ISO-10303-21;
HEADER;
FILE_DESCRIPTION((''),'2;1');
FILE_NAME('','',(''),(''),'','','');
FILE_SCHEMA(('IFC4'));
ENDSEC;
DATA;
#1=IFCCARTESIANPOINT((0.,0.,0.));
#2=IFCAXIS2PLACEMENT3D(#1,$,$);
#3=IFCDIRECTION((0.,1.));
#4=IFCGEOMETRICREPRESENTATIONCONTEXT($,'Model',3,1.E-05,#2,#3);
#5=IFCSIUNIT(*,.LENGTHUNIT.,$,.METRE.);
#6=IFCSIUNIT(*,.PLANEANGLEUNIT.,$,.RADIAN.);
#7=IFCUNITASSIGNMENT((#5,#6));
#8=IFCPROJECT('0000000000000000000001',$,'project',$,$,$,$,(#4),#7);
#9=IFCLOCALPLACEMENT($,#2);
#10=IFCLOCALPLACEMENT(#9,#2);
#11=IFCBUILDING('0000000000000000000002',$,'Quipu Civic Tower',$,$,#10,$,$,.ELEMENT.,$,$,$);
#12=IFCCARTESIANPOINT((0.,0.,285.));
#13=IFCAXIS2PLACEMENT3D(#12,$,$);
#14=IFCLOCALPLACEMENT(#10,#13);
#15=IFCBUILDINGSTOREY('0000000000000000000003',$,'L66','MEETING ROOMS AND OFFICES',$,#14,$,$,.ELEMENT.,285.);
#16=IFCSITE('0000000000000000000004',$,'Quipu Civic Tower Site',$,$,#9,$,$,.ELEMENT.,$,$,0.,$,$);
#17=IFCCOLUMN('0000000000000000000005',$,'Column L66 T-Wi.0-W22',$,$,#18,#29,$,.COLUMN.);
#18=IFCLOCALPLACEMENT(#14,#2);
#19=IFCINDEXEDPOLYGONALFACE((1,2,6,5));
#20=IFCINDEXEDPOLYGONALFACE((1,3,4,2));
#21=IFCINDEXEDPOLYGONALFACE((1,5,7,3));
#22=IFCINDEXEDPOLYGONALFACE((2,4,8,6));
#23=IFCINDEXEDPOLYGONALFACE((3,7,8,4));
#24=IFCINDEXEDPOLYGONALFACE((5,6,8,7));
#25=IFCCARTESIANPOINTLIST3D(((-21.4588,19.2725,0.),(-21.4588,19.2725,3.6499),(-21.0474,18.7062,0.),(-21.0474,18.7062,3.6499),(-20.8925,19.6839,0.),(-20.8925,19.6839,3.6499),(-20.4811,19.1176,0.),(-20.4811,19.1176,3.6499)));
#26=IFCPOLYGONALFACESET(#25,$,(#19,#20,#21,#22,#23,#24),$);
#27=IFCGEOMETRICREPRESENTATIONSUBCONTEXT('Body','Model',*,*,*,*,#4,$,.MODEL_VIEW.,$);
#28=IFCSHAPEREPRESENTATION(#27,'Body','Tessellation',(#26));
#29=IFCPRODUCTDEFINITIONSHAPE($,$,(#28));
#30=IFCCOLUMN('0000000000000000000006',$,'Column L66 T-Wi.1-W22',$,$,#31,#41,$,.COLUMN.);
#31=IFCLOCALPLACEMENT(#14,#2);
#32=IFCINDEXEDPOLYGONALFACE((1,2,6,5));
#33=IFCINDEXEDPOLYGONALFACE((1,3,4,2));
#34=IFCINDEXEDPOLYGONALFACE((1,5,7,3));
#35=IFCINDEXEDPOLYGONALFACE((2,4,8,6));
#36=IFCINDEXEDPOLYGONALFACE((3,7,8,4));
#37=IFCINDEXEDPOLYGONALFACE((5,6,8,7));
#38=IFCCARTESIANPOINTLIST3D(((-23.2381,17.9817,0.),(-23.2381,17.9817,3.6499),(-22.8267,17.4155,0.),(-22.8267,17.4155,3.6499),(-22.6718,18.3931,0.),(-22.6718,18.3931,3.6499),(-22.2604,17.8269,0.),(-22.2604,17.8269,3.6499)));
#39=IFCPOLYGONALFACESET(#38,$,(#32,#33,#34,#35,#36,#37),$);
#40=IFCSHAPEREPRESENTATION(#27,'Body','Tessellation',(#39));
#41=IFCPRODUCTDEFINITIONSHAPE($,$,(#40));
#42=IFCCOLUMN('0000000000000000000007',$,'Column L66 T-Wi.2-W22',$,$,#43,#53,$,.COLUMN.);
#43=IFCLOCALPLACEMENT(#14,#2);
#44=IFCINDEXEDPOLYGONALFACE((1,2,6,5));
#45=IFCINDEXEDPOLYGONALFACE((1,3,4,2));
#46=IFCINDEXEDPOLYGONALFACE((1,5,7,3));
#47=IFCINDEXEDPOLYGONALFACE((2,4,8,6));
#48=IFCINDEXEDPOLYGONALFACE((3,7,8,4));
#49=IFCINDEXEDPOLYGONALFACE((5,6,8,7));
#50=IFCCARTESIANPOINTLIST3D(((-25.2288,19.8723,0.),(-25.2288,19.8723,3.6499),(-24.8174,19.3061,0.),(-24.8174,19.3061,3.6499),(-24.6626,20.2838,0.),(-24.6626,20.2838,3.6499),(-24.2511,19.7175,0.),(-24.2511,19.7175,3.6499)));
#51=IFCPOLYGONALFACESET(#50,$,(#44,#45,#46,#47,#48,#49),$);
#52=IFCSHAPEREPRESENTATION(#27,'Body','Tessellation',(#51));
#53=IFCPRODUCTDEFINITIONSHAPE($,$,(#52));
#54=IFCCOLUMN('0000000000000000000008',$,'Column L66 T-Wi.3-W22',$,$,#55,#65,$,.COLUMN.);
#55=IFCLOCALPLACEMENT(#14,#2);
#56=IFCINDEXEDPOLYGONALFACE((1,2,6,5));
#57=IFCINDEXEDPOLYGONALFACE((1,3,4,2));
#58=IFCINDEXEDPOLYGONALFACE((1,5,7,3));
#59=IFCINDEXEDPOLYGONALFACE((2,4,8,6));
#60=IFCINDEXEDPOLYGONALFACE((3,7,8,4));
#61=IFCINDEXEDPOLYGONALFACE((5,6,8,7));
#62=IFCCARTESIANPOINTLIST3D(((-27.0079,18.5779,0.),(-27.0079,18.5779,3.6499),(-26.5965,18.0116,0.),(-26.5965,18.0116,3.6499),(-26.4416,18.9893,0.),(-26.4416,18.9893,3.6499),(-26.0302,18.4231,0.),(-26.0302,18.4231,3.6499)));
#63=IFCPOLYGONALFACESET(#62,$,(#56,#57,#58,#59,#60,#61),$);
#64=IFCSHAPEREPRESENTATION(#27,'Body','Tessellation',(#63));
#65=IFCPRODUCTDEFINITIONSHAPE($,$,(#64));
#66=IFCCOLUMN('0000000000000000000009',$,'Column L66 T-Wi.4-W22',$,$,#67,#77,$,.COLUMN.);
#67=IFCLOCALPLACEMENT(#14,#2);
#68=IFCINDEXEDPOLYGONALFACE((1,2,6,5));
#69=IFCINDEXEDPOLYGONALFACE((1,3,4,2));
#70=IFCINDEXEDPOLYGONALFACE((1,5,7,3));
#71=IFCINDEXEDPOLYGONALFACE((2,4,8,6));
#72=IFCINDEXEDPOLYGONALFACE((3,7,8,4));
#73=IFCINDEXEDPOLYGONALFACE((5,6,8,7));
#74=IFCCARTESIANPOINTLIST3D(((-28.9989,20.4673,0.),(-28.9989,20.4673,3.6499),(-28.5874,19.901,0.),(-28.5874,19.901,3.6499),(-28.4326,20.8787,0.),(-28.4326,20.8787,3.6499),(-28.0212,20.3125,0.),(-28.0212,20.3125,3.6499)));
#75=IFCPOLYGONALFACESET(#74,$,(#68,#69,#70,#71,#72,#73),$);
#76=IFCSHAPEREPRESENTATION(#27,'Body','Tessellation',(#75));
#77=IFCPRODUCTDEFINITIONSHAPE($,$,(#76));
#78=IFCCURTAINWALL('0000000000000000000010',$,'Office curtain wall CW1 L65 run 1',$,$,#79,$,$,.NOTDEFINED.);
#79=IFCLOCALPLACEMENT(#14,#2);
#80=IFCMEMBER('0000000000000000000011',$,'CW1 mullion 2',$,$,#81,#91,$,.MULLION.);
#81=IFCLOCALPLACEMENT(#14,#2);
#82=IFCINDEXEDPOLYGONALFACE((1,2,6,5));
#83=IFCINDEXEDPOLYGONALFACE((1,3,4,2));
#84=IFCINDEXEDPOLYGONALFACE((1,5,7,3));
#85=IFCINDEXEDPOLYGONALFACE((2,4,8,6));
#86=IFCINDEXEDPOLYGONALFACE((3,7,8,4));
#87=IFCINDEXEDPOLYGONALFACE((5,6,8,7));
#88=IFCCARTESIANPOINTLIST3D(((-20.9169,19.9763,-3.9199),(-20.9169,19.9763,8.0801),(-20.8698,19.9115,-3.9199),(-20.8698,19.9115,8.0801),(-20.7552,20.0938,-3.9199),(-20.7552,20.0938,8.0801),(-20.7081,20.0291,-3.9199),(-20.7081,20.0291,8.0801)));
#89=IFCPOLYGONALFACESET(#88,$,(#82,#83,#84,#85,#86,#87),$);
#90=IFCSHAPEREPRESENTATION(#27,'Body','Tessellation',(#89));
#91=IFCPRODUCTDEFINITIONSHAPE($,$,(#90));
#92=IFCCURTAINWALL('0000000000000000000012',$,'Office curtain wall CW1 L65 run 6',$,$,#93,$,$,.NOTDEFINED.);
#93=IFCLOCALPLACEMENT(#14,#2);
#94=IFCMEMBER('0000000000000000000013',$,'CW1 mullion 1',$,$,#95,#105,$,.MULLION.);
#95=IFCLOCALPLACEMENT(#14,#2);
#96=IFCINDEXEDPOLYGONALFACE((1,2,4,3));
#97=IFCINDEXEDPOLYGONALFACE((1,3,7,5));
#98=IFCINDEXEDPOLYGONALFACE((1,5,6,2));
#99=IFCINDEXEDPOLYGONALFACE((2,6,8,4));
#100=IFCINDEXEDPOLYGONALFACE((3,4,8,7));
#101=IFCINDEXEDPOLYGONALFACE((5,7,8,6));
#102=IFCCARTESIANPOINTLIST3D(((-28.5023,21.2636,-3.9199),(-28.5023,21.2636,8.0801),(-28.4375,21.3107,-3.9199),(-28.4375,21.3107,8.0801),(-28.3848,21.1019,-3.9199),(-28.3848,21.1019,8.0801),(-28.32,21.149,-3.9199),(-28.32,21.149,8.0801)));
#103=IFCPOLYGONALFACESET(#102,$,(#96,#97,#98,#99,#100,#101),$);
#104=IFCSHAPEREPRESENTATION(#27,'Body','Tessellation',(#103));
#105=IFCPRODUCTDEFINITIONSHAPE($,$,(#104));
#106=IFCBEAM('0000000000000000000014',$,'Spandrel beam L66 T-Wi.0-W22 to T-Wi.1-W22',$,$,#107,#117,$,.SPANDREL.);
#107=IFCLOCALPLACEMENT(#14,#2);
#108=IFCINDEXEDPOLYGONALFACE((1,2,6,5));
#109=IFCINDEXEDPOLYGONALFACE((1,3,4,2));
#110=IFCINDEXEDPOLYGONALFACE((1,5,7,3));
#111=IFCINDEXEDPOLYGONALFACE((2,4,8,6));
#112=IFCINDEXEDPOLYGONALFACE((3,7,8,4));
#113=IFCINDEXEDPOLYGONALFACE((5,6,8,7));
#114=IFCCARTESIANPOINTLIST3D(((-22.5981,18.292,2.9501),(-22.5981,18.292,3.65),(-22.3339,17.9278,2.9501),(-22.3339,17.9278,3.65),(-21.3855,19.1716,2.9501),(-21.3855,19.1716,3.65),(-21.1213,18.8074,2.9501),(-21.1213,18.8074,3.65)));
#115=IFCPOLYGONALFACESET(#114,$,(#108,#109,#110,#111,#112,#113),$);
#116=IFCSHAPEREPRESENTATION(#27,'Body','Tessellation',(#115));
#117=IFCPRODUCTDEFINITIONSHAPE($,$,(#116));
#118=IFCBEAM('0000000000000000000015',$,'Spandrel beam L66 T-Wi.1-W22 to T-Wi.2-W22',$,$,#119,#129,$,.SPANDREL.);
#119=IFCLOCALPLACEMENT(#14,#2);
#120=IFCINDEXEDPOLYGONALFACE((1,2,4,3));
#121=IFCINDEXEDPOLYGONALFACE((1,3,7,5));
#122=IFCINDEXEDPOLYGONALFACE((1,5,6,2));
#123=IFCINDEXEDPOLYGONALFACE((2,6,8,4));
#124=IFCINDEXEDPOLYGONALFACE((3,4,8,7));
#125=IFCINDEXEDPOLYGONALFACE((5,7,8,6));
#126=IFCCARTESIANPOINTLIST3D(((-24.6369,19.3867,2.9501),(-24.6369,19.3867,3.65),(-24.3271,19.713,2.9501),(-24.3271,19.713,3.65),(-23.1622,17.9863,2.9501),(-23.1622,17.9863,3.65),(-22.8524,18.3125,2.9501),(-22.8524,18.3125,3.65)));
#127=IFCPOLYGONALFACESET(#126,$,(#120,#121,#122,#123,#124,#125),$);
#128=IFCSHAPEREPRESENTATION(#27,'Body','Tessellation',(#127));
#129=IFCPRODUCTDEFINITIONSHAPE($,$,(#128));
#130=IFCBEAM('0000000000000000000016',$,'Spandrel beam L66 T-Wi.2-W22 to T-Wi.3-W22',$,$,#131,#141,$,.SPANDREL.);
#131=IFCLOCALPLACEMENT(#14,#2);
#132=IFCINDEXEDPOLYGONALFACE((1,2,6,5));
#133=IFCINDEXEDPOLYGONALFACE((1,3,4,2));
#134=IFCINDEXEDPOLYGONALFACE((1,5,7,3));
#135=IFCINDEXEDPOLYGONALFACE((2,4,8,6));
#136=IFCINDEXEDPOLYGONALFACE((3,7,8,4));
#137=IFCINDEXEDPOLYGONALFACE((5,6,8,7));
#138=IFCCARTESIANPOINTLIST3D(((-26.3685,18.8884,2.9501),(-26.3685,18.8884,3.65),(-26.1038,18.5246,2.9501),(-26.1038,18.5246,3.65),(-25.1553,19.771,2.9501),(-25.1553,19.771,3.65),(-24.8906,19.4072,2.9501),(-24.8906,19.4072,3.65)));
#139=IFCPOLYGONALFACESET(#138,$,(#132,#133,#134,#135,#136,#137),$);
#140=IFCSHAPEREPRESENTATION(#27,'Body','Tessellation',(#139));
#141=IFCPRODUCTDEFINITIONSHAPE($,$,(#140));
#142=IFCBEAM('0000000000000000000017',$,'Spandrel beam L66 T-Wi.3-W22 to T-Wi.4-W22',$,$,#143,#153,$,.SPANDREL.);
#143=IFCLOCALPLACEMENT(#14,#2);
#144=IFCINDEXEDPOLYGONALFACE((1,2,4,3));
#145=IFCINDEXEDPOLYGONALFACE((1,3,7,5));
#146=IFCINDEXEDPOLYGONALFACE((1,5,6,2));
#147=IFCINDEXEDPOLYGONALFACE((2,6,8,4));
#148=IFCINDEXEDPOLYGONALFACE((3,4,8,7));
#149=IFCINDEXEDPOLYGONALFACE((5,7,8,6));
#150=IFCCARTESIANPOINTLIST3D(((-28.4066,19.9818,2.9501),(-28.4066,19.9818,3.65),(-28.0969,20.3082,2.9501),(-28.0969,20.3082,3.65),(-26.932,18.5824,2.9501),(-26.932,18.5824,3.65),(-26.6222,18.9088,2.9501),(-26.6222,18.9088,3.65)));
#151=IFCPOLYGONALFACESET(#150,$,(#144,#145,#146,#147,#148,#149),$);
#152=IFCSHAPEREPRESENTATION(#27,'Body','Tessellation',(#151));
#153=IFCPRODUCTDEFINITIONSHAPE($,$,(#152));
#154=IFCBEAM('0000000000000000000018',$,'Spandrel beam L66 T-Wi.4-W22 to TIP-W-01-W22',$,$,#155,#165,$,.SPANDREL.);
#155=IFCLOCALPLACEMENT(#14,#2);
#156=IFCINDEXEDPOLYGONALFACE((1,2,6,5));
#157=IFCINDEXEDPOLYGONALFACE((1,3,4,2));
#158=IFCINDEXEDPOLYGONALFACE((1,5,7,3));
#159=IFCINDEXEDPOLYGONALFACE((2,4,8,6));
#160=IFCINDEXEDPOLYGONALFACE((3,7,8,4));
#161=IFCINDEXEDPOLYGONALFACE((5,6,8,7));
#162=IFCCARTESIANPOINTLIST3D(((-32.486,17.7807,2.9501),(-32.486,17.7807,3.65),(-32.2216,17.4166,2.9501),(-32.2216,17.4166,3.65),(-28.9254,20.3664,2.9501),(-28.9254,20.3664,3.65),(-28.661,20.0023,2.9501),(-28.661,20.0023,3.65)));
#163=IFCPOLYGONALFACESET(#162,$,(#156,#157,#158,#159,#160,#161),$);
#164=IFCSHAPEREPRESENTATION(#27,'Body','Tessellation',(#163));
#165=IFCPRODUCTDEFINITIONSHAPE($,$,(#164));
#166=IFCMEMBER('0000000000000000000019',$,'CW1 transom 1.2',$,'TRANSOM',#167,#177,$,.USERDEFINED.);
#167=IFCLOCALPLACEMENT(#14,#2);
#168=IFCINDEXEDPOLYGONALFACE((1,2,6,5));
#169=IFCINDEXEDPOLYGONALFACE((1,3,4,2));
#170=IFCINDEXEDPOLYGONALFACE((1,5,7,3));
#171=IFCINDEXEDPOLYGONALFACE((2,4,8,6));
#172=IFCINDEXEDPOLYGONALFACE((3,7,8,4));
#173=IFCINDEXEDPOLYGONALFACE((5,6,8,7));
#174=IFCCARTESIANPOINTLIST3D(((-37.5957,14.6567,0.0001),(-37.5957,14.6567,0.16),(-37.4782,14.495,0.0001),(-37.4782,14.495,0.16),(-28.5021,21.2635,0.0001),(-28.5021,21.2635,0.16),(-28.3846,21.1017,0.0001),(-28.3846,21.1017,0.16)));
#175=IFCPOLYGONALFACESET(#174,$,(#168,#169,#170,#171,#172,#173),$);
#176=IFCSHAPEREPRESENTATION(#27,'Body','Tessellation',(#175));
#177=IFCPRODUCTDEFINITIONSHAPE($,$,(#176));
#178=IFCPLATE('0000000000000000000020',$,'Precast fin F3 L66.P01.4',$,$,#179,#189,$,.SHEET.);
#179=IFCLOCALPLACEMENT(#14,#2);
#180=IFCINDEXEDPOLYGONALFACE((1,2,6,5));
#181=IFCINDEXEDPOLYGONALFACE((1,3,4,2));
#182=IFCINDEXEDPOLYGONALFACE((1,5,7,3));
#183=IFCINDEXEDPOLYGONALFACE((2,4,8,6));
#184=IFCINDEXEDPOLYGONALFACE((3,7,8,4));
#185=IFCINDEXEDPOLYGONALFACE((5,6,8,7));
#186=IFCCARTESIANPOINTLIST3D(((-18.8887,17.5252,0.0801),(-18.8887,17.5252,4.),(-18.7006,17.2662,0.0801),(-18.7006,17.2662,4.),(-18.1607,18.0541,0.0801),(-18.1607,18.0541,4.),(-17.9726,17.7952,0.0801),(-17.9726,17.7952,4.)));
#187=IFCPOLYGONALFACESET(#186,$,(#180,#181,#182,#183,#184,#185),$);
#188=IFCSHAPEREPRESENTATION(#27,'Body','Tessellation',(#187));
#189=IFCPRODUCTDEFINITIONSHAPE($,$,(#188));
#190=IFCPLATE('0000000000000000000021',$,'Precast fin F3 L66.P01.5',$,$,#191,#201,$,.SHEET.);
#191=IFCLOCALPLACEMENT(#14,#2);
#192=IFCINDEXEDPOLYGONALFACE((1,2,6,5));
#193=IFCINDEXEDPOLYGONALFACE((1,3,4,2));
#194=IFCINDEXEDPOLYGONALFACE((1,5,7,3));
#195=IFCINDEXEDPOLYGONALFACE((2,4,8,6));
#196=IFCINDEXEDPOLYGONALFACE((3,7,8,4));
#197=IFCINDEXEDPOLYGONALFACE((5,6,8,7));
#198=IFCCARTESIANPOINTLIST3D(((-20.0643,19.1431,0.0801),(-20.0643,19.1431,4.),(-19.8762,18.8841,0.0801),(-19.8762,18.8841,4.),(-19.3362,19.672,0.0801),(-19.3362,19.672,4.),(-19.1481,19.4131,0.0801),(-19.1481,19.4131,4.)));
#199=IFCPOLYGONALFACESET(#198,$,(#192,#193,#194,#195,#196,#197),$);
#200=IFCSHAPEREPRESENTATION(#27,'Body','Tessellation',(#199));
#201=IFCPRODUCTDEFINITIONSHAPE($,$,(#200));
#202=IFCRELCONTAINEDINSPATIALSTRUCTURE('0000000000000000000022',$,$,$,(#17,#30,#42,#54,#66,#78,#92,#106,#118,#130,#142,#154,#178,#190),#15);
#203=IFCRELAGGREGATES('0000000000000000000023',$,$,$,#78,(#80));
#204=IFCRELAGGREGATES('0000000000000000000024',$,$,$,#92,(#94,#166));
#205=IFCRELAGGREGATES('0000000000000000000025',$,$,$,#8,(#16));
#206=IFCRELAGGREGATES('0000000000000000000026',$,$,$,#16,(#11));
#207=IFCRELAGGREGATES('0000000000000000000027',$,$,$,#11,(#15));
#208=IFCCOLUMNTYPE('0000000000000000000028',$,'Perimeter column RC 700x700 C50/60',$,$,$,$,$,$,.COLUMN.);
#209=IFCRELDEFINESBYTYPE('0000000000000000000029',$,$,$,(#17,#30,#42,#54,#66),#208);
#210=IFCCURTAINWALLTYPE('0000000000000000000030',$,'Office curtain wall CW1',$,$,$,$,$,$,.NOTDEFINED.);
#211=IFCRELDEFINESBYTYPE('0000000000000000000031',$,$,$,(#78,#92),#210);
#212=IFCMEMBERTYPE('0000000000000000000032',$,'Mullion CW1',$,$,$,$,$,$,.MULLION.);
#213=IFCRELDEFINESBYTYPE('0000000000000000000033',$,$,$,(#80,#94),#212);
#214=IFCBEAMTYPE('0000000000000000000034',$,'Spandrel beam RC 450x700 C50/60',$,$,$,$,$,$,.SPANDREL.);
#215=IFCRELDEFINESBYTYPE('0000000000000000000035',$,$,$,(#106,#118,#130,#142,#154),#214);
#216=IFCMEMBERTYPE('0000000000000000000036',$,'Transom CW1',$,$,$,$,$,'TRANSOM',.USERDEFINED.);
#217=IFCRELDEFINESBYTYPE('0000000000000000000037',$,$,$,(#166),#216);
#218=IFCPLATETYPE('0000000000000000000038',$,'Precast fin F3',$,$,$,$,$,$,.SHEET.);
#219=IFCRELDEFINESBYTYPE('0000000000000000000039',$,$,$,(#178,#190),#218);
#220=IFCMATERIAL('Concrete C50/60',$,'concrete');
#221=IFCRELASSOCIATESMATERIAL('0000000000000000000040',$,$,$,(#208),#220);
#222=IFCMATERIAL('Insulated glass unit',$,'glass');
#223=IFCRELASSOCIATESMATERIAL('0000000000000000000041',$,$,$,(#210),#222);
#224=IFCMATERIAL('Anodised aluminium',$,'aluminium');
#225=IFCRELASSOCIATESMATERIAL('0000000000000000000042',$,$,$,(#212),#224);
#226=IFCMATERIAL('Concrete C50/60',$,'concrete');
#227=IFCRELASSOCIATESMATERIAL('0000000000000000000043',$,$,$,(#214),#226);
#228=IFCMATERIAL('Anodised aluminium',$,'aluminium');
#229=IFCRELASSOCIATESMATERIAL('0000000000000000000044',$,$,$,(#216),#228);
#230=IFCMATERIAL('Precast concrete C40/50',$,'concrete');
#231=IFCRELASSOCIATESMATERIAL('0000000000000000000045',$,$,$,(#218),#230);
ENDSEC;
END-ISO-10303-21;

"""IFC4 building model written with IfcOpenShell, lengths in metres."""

from ifc_helpers import new_model, si_unit, direction, frame, origin, origin_2d, place, context, subcontext, project, spatial, rectangle, extrude, material, material_profile, profile_set, type_object, element, aggregate, save


model = new_model("IFC4")

# Units and contexts
model_context = context("Model", 3, precision=1e-05, world=origin(), true_north=direction((0.0, 1.0)))
body_context = subcontext(model_context, "Body", "Model", "MODEL_VIEW")
ifc_project = project(units=[si_unit("LENGTHUNIT", "METRE"), si_unit("PLANEANGLEUNIT", "RADIAN")], contexts=[model_context])

# Site, building, storey
site_placement = place(None, origin())
site = spatial("IfcSite", under=ifc_project, at=site_placement, Name="Quipu Civic Tower Site", CompositionType="ELEMENT", RefElevation=0.0)
building_placement = place(site_placement, origin())
building = spatial("IfcBuilding", under=site, at=building_placement, Name="Quipu Civic Tower", CompositionType="ELEMENT")
storey_placement = place(building_placement, frame((0.0, 0.0, 285.0)))
storey = spatial("IfcBuildingStorey", under=building, at=storey_placement, Name="L66", Description="MEETING ROOMS AND OFFICES", CompositionType="ELEMENT", Elevation=285.0)

# Columns
ifc_material_1 = material(Name="Concrete C50/60", Category="concrete")
ifc_material_profile_1 = material_profile(ifc_material_1, rectangle(XDim=0.7, YDim=0.7, at=origin_2d()), Name="RC700x700")
ifc_profile_set_1 = profile_set([ifc_material_profile_1], Name="Concrete C50/60")
column_type = type_object("IfcColumnType", Name="Perimeter column RC 700x700 C50/60", PredefinedType="COLUMN", material=ifc_profile_set_1)
for number, where, z_axis, x_axis, name in (
    (1, (-20.97, 19.1951, 0.0), (0.0, 0.0, 1.0), (-0.587785, 0.809017, 0.0), "Column L66 T-Wi.0-W22"),
    (2, (-22.7493, 17.9043, 0.0), (0.0, 0.0, 1.0), (-0.587785, 0.809017, 0.0), "Column L66 T-Wi.1-W22"),
    (3, (-24.74, 19.7949, 0.0), (0.0, 0.0, 1.0), (-0.587785, 0.809017, 0.0), "Column L66 T-Wi.2-W22"),
    (4, (-26.519, 18.5005, 0.0), (0.0, 0.0, 1.0), (-0.587785, 0.809017, 0.0), "Column L66 T-Wi.3-W22"),
    (5, (-28.51, 20.3899, 0.0), (0.0, 0.0, 1.0), (-0.809017, -0.587785, 0.0), "Column L66 T-Wi.4-W22"),
):
    element("IfcColumn", number, at=place(storey_placement, frame(where, z_axis=z_axis, x_axis=x_axis)), inside=storey, type_object=column_type, Name=name, PredefinedType="COLUMN", context=body_context, shape_type="SweptSolid", body=[
        extrude(rectangle(XDim=0.7, YDim=0.7, at=origin_2d()), origin(), (0.0, 0.0, 1.0), 3.6499),
    ])

# Curtain walls, members
ifc_material_2 = material(Name="Insulated glass unit", Category="glass")
curtain_wall_type = type_object("IfcCurtainWallType", Name="Office curtain wall CW1", PredefinedType="NOTDEFINED", material=ifc_material_2)
curtain_wall_1_placement = place(storey_placement, origin())
curtain_wall_1 = element("IfcCurtainWall", 6, at=curtain_wall_1_placement, inside=storey, type_object=curtain_wall_type, Name="Office curtain wall CW1 L65 run 1", PredefinedType="NOTDEFINED")
ifc_material_3 = material(Name="Anodised aluminium", Category="aluminium")
ifc_material_profile_2 = material_profile(ifc_material_3, rectangle(XDim=0.2, YDim=0.0801, at=origin_2d()), Name="RECT 200x80")
ifc_profile_set_2 = profile_set([ifc_material_profile_2], Name="Anodised aluminium")
member_type_1 = type_object("IfcMemberType", Name="Mullion CW1", PredefinedType="MULLION", material=ifc_profile_set_2)
member_1_placement = place(storey_placement, frame((-20.8125, 20.0027, -3.9199), z_axis=(0.0, 0.0, 1.0), x_axis=(-0.809015, -0.587788, 0.0)))
member_1 = element("IfcMember", 7, at=member_1_placement, type_object=member_type_1, Name="CW1 mullion 2", PredefinedType="MULLION", context=body_context, shape_type="SweptSolid", body=[
    extrude(rectangle(XDim=0.2, YDim=0.0801, at=origin_2d()), origin(), (0.0, 0.0, 1.0), 12.0),
])
aggregate(curtain_wall_1, [member_1])
curtain_wall_2_placement = place(storey_placement, origin())
curtain_wall_2 = element("IfcCurtainWall", 8, at=curtain_wall_2_placement, inside=storey, type_object=curtain_wall_type, Name="Office curtain wall CW1 L65 run 6", PredefinedType="NOTDEFINED")
member_2_placement = place(storey_placement, frame((-28.4111, 21.2063, -3.9199), z_axis=(0.0, 0.0, 1.0), x_axis=(0.587788, -0.809015, 0.0)))
member_2 = element("IfcMember", 9, at=member_2_placement, type_object=member_type_1, Name="CW1 mullion 1", PredefinedType="MULLION", context=body_context, shape_type="SweptSolid", body=[
    extrude(rectangle(XDim=0.2, YDim=0.0801, at=origin_2d()), origin(), (0.0, 0.0, 1.0), 12.0),
])

# Beams
ifc_material_4 = material(Name="Concrete C50/60", Category="concrete")
ifc_material_profile_3 = material_profile(ifc_material_4, rectangle(XDim=0.45, YDim=0.7, at=origin_2d()), Name="RC450x700")
ifc_profile_set_3 = profile_set([ifc_material_profile_3], Name="Concrete C50/60")
beam_type = type_object("IfcBeamType", Name="Spandrel beam RC 450x700 C50/60", PredefinedType="SPANDREL", material=ifc_profile_set_3)
beam_1_placement = place(storey_placement, frame((-21.2534, 18.9895, 3.3), z_axis=(-0.809461, -0.587173, 0.0), x_axis=(0.587173, -0.809461, 0.0)))
element("IfcBeam", 10, at=beam_1_placement, inside=storey, type_object=beam_type, Name="Spandrel beam L66 T-Wi.0-W22 to T-Wi.1-W22", PredefinedType="SPANDREL", context=body_context, shape_type="SweptSolid", body=[
    extrude(rectangle(XDim=0.45, YDim=0.7, at=origin_2d()), origin(), (0.0, 0.0, 1.0), 1.498),
])
beam_2_placement = place(storey_placement, frame((-23.0073, 18.1494, 3.3), z_axis=(-0.725119, 0.688623, 0.0), x_axis=(-0.688623, -0.725119, 0.0)))
element("IfcBeam", 11, at=beam_2_placement, inside=storey, type_object=beam_type, Name="Spandrel beam L66 T-Wi.1-W22 to T-Wi.2-W22", PredefinedType="SPANDREL", context=body_context, shape_type="SweptSolid", body=[
    extrude(rectangle(XDim=0.45, YDim=0.7, at=origin_2d()), origin(), (0.0, 0.0, 1.0), 2.0337),
])
beam_3_placement = place(storey_placement, frame((-25.0229, 19.5891, 3.3), z_axis=(-0.808645, -0.588297, 0.0), x_axis=(0.588297, -0.808645, 0.0)))
element("IfcBeam", 12, at=beam_3_placement, inside=storey, type_object=beam_type, Name="Spandrel beam L66 T-Wi.2-W22 to T-Wi.3-W22", PredefinedType="SPANDREL", context=body_context, shape_type="SweptSolid", body=[
    extrude(rectangle(XDim=0.45, YDim=0.7, at=origin_2d()), origin(), (0.0, 0.0, 1.0), 1.5002),
])
beam_4_placement = place(storey_placement, frame((-26.7771, 18.7456, 3.3), z_axis=(-0.725359, 0.688371, 0.0), x_axis=(-0.688371, -0.725359, 0.0)))
element("IfcBeam", 13, at=beam_4_placement, inside=storey, type_object=beam_type, Name="Spandrel beam L66 T-Wi.3-W22 to T-Wi.4-W22", PredefinedType="SPANDREL", context=body_context, shape_type="SweptSolid", body=[
    extrude(rectangle(XDim=0.45, YDim=0.7, at=origin_2d()), origin(), (0.0, 0.0, 1.0), 2.033),
])
beam_5_placement = place(storey_placement, frame((-28.7932, 20.1843, 3.3), z_axis=(-0.809146, -0.587607, 0.0), x_axis=(0.587607, -0.809146, 0.0)))
element("IfcBeam", 14, at=beam_5_placement, inside=storey, type_object=beam_type, Name="Spandrel beam L66 T-Wi.4-W22 to TIP-W-01-W22", PredefinedType="SPANDREL", context=body_context, shape_type="SweptSolid", body=[
    extrude(rectangle(XDim=0.45, YDim=0.7, at=origin_2d()), origin(), (0.0, 0.0, 1.0), 4.4004),
])

# Member
ifc_material_5 = material(Name="Anodised aluminium", Category="aluminium")
ifc_material_profile_4 = material_profile(ifc_material_5, rectangle(XDim=0.2, YDim=0.1599, at=origin_2d()), Name="RECT 200x160")
ifc_profile_set_4 = profile_set([ifc_material_profile_4], Name="Anodised aluminium")
member_type_2 = type_object("IfcMemberType", Name="Transom CW1", ElementType="TRANSOM", PredefinedType="USERDEFINED", material=ifc_profile_set_4)
member_3_placement = place(storey_placement, frame((-28.4434, 21.1826, 0.0801), z_axis=(-0.809022, -0.587778, 0.0), x_axis=(0.587778, -0.809022, 0.0)))
member_3 = element("IfcMember", 15, at=member_3_placement, type_object=member_type_2, Name="CW1 transom 1.2", ObjectType="TRANSOM", PredefinedType="USERDEFINED", context=body_context, shape_type="SweptSolid", body=[
    extrude(rectangle(XDim=0.2, YDim=0.1599, at=origin_2d()), origin(), (0.0, 0.0, 1.0), 11.2402),
])
aggregate(curtain_wall_2, [member_2, member_3])

# Plates
ifc_material_6 = material(Name="Precast concrete C40/50", Category="concrete")
plate_type = type_object("IfcPlateType", Name="Precast fin F3", PredefinedType="SHEET", material=ifc_material_6)
for number, where, z_axis, x_axis, name in (
    (16, (-18.4307, 17.6602, 0.0801), (0.0, 0.0, 1.0), (-0.587784, 0.809018, 0.0), "Precast fin F3 L66.P01.4"),
    (17, (-19.6062, 19.2781, 0.0801), (0.0, 0.0, 1.0), (-0.587784, 0.809018, 0.0), "Precast fin F3 L66.P01.5"),
):
    element("IfcPlate", number, at=place(storey_placement, frame(where, z_axis=z_axis, x_axis=x_axis)), inside=storey, type_object=plate_type, Name=name, PredefinedType="SHEET", context=body_context, shape_type="SweptSolid", body=[
        extrude(rectangle(XDim=0.3201, YDim=0.8999, at=origin_2d()), origin(), (0.0, 0.0, 1.0), 3.9199),
    ])

save(model, "model.ifc")
